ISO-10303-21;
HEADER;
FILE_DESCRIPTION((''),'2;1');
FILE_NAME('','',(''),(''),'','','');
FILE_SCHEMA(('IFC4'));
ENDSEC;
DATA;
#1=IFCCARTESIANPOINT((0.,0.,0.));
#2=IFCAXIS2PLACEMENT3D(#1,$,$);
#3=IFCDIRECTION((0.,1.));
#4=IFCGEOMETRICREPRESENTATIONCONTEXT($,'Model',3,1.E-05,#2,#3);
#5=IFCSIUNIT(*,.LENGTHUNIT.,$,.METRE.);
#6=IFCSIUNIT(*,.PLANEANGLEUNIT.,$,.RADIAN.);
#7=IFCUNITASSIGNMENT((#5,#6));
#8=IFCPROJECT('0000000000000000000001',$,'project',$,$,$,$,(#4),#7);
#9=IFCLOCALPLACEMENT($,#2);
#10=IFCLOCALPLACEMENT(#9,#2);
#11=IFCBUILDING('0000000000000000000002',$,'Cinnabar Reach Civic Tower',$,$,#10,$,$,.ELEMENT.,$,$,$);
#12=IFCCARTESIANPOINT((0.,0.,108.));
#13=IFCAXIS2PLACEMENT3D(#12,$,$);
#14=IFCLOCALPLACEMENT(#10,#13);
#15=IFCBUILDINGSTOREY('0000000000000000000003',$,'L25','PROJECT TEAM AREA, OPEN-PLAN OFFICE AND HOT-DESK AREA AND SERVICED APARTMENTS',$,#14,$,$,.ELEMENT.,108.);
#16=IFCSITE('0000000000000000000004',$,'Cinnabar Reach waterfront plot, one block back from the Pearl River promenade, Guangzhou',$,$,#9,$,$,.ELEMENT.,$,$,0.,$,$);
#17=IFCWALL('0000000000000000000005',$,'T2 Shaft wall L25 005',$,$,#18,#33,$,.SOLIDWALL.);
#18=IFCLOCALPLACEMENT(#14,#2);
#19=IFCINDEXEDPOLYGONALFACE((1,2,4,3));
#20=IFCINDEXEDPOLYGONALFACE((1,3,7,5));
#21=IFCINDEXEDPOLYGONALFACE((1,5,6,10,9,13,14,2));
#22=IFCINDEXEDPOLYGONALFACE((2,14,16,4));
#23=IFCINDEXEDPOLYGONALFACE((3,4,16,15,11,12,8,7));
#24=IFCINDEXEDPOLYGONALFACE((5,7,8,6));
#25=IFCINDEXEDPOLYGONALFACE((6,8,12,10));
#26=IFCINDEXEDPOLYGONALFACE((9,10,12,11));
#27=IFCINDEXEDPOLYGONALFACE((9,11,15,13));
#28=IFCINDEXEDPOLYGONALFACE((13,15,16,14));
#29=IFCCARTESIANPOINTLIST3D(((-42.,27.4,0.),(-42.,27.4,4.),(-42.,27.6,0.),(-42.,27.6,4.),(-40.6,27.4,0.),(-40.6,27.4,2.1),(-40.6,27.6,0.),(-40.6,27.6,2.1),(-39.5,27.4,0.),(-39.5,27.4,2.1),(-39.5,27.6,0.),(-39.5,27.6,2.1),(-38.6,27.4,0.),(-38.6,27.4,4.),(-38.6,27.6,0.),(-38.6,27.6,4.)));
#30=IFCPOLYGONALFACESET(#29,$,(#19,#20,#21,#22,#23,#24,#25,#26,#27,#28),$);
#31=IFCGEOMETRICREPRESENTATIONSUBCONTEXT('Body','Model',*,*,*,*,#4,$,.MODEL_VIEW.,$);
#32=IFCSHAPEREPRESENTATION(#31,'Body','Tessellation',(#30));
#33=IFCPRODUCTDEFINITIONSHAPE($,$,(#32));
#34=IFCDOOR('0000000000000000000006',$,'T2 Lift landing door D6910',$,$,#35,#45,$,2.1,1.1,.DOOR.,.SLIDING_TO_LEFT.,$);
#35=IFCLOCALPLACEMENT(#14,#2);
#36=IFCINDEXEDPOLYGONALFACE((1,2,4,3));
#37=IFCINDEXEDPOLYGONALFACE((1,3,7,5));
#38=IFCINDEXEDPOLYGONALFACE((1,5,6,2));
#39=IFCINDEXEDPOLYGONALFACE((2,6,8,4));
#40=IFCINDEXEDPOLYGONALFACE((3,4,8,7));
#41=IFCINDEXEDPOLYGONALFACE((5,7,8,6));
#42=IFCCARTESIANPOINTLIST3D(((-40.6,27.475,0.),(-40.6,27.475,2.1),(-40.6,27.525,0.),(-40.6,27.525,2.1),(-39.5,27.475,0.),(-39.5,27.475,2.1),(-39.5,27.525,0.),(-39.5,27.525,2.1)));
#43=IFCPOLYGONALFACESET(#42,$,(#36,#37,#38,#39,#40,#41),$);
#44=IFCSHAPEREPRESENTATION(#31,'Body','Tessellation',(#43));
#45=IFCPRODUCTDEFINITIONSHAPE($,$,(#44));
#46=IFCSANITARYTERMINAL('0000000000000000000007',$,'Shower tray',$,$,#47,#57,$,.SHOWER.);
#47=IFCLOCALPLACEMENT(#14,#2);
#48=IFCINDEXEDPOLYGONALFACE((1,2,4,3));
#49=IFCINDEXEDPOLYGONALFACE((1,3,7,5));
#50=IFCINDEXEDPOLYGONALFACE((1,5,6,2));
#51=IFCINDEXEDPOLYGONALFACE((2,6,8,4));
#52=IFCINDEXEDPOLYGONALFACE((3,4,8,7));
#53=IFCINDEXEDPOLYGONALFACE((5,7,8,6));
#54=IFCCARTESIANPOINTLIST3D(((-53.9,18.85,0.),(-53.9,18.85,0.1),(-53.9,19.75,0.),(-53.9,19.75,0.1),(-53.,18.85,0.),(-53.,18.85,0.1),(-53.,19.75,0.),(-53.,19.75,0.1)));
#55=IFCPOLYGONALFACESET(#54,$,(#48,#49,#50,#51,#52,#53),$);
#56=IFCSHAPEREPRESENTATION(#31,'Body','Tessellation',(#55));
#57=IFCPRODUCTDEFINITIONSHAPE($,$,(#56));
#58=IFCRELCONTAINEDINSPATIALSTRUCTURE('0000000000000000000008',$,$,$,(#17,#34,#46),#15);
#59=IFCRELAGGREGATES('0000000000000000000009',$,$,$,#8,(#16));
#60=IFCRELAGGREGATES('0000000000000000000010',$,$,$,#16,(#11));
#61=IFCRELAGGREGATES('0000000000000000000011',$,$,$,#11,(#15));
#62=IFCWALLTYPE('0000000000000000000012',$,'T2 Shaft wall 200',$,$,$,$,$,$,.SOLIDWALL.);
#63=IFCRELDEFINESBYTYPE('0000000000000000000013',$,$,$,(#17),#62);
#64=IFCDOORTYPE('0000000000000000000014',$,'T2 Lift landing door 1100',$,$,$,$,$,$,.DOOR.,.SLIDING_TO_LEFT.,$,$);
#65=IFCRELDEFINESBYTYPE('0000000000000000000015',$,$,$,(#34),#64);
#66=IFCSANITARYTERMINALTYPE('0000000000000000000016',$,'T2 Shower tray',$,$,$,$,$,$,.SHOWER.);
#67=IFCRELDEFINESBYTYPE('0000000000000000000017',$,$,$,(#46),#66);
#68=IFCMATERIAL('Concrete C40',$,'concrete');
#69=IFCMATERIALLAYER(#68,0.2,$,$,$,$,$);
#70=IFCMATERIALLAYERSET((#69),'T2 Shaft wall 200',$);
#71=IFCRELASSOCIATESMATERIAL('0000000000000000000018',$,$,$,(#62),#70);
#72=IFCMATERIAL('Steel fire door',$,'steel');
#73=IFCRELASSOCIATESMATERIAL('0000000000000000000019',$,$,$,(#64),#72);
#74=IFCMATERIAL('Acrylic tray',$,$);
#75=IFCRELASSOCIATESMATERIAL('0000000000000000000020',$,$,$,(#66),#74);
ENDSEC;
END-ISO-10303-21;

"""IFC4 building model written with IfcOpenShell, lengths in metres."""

from ifc_helpers import new_model, si_unit, direction, frame, frame_2d, origin, origin_2d, place, context, subcontext, project, spatial, rectangle, extrude, material, layer, layer_set, type_object, element, fill, save


model = new_model("IFC4")

# Units and contexts
model_context = context("Model", 3, precision=1e-05, world=origin(), true_north=direction((0.0, 1.0)))
body_context = subcontext(model_context, "Body", "Model", "MODEL_VIEW")
ifc_project = project(units=[si_unit("LENGTHUNIT", "METRE"), si_unit("PLANEANGLEUNIT", "RADIAN")], contexts=[model_context])

# Site, building, storey
site_placement = place(None, origin())
site = spatial("IfcSite", under=ifc_project, at=site_placement, Name="Cinnabar Reach waterfront plot, one block back from the Pearl River promenade, Guangzhou", CompositionType="ELEMENT", RefElevation=0.0)
building_placement = place(site_placement, origin())
building = spatial("IfcBuilding", under=site, at=building_placement, Name="Cinnabar Reach Civic Tower", CompositionType="ELEMENT")
storey_placement = place(building_placement, frame((0.0, 0.0, 108.0)))
storey = spatial("IfcBuildingStorey", under=building, at=storey_placement, Name="L25", Description="PROJECT TEAM AREA, OPEN-PLAN OFFICE AND HOT-DESK AREA AND SERVICED APARTMENTS", CompositionType="ELEMENT", Elevation=108.0)

# Shared definitions
ifc_material_1 = material(Name="Steel fire door", Category="steel")

# Wall, opening, door
ifc_material_2 = material(Name="Concrete C40", Category="concrete")
ifc_layer_1 = layer(ifc_material_2, 0.2)
ifc_layer_set_1 = layer_set([ifc_layer_1], Name="T2 Shaft wall 200")
wall_type_1 = type_object("IfcWallType", Name="T2 Shaft wall 200", PredefinedType="SOLIDWALL", material=ifc_layer_set_1)
wall_1_placement = place(storey_placement, frame((-42.0, 27.5, 0.0), z_axis=(0.0, 0.0, 1.0), x_axis=(1.0, 0.0, 0.0)))
wall_1 = element("IfcWall", 1, at=wall_1_placement, inside=storey, type_object=wall_type_1, Name="T2 Shaft wall L25 005", PredefinedType="SOLIDWALL", context=body_context, shape_type="SweptSolid", body=[
    extrude(rectangle(XDim=3.4, YDim=0.2, at=frame_2d((1.7, 0.0))), origin(), (0.0, 0.0, 1.0), 4.0),
])
opening_1_placement = place(wall_1_placement, frame((1.4, 0.0, 0.0)))
opening_1 = element("IfcOpeningElement", 2, at=opening_1_placement, cuts=wall_1, PredefinedType="OPENING", context=body_context, shape_type="SweptSolid", body=[
    extrude(rectangle(XDim=1.1, YDim=2.1, at=frame_2d((0.55, 1.05))), frame((0.0, 0.11, 0.0), z_axis=(0.0, -1.0, 0.0), x_axis=(1.0, 0.0, 0.0)), (0.0, 0.0, 1.0), 0.22),
])
door_type_1 = type_object("IfcDoorType", Name="T2 Lift landing door 1100", OperationType="SLIDING_TO_LEFT", PredefinedType="DOOR", material=ifc_material_1)
door_1_placement = place(opening_1_placement, origin())
door_1 = element("IfcDoor", 3, at=door_1_placement, inside=storey, type_object=door_type_1, Name="T2 Lift landing door D6910", OperationType="SLIDING_TO_LEFT", OverallHeight=2.1, OverallWidth=1.1, PredefinedType="DOOR", context=body_context, shape_type="SweptSolid", body=[
    extrude(rectangle(XDim=1.1, YDim=2.1, at=frame_2d((0.55, 1.05))), frame((0.0, 0.025, 0.0), z_axis=(0.0, -1.0, 0.0), x_axis=(1.0, 0.0, 0.0)), (0.0, 0.0, 1.0), 0.05),
])
fill(opening_1, door_1)

# Sanitary terminal
ifc_material_3 = material(Name="Acrylic tray")
sanitary_terminal_type = type_object("IfcSanitaryTerminalType", Name="T2 Shower tray", PredefinedType="SHOWER", material=ifc_material_3)
sanitary_terminal_placement = place(storey_placement, frame((-53.45, 19.3, 0.0), z_axis=(0.0, 0.0, 1.0), x_axis=(1.0, 0.0, 0.0)))
element("IfcSanitaryTerminal", 4, at=sanitary_terminal_placement, inside=storey, type_object=sanitary_terminal_type, Name="Shower tray", PredefinedType="SHOWER", context=body_context, shape_type="SweptSolid", body=[
    extrude(rectangle(XDim=0.9, YDim=0.9, at=origin_2d()), origin(), (0.0, 0.0, 1.0), 0.1),
])

save(model, "model.ifc")
